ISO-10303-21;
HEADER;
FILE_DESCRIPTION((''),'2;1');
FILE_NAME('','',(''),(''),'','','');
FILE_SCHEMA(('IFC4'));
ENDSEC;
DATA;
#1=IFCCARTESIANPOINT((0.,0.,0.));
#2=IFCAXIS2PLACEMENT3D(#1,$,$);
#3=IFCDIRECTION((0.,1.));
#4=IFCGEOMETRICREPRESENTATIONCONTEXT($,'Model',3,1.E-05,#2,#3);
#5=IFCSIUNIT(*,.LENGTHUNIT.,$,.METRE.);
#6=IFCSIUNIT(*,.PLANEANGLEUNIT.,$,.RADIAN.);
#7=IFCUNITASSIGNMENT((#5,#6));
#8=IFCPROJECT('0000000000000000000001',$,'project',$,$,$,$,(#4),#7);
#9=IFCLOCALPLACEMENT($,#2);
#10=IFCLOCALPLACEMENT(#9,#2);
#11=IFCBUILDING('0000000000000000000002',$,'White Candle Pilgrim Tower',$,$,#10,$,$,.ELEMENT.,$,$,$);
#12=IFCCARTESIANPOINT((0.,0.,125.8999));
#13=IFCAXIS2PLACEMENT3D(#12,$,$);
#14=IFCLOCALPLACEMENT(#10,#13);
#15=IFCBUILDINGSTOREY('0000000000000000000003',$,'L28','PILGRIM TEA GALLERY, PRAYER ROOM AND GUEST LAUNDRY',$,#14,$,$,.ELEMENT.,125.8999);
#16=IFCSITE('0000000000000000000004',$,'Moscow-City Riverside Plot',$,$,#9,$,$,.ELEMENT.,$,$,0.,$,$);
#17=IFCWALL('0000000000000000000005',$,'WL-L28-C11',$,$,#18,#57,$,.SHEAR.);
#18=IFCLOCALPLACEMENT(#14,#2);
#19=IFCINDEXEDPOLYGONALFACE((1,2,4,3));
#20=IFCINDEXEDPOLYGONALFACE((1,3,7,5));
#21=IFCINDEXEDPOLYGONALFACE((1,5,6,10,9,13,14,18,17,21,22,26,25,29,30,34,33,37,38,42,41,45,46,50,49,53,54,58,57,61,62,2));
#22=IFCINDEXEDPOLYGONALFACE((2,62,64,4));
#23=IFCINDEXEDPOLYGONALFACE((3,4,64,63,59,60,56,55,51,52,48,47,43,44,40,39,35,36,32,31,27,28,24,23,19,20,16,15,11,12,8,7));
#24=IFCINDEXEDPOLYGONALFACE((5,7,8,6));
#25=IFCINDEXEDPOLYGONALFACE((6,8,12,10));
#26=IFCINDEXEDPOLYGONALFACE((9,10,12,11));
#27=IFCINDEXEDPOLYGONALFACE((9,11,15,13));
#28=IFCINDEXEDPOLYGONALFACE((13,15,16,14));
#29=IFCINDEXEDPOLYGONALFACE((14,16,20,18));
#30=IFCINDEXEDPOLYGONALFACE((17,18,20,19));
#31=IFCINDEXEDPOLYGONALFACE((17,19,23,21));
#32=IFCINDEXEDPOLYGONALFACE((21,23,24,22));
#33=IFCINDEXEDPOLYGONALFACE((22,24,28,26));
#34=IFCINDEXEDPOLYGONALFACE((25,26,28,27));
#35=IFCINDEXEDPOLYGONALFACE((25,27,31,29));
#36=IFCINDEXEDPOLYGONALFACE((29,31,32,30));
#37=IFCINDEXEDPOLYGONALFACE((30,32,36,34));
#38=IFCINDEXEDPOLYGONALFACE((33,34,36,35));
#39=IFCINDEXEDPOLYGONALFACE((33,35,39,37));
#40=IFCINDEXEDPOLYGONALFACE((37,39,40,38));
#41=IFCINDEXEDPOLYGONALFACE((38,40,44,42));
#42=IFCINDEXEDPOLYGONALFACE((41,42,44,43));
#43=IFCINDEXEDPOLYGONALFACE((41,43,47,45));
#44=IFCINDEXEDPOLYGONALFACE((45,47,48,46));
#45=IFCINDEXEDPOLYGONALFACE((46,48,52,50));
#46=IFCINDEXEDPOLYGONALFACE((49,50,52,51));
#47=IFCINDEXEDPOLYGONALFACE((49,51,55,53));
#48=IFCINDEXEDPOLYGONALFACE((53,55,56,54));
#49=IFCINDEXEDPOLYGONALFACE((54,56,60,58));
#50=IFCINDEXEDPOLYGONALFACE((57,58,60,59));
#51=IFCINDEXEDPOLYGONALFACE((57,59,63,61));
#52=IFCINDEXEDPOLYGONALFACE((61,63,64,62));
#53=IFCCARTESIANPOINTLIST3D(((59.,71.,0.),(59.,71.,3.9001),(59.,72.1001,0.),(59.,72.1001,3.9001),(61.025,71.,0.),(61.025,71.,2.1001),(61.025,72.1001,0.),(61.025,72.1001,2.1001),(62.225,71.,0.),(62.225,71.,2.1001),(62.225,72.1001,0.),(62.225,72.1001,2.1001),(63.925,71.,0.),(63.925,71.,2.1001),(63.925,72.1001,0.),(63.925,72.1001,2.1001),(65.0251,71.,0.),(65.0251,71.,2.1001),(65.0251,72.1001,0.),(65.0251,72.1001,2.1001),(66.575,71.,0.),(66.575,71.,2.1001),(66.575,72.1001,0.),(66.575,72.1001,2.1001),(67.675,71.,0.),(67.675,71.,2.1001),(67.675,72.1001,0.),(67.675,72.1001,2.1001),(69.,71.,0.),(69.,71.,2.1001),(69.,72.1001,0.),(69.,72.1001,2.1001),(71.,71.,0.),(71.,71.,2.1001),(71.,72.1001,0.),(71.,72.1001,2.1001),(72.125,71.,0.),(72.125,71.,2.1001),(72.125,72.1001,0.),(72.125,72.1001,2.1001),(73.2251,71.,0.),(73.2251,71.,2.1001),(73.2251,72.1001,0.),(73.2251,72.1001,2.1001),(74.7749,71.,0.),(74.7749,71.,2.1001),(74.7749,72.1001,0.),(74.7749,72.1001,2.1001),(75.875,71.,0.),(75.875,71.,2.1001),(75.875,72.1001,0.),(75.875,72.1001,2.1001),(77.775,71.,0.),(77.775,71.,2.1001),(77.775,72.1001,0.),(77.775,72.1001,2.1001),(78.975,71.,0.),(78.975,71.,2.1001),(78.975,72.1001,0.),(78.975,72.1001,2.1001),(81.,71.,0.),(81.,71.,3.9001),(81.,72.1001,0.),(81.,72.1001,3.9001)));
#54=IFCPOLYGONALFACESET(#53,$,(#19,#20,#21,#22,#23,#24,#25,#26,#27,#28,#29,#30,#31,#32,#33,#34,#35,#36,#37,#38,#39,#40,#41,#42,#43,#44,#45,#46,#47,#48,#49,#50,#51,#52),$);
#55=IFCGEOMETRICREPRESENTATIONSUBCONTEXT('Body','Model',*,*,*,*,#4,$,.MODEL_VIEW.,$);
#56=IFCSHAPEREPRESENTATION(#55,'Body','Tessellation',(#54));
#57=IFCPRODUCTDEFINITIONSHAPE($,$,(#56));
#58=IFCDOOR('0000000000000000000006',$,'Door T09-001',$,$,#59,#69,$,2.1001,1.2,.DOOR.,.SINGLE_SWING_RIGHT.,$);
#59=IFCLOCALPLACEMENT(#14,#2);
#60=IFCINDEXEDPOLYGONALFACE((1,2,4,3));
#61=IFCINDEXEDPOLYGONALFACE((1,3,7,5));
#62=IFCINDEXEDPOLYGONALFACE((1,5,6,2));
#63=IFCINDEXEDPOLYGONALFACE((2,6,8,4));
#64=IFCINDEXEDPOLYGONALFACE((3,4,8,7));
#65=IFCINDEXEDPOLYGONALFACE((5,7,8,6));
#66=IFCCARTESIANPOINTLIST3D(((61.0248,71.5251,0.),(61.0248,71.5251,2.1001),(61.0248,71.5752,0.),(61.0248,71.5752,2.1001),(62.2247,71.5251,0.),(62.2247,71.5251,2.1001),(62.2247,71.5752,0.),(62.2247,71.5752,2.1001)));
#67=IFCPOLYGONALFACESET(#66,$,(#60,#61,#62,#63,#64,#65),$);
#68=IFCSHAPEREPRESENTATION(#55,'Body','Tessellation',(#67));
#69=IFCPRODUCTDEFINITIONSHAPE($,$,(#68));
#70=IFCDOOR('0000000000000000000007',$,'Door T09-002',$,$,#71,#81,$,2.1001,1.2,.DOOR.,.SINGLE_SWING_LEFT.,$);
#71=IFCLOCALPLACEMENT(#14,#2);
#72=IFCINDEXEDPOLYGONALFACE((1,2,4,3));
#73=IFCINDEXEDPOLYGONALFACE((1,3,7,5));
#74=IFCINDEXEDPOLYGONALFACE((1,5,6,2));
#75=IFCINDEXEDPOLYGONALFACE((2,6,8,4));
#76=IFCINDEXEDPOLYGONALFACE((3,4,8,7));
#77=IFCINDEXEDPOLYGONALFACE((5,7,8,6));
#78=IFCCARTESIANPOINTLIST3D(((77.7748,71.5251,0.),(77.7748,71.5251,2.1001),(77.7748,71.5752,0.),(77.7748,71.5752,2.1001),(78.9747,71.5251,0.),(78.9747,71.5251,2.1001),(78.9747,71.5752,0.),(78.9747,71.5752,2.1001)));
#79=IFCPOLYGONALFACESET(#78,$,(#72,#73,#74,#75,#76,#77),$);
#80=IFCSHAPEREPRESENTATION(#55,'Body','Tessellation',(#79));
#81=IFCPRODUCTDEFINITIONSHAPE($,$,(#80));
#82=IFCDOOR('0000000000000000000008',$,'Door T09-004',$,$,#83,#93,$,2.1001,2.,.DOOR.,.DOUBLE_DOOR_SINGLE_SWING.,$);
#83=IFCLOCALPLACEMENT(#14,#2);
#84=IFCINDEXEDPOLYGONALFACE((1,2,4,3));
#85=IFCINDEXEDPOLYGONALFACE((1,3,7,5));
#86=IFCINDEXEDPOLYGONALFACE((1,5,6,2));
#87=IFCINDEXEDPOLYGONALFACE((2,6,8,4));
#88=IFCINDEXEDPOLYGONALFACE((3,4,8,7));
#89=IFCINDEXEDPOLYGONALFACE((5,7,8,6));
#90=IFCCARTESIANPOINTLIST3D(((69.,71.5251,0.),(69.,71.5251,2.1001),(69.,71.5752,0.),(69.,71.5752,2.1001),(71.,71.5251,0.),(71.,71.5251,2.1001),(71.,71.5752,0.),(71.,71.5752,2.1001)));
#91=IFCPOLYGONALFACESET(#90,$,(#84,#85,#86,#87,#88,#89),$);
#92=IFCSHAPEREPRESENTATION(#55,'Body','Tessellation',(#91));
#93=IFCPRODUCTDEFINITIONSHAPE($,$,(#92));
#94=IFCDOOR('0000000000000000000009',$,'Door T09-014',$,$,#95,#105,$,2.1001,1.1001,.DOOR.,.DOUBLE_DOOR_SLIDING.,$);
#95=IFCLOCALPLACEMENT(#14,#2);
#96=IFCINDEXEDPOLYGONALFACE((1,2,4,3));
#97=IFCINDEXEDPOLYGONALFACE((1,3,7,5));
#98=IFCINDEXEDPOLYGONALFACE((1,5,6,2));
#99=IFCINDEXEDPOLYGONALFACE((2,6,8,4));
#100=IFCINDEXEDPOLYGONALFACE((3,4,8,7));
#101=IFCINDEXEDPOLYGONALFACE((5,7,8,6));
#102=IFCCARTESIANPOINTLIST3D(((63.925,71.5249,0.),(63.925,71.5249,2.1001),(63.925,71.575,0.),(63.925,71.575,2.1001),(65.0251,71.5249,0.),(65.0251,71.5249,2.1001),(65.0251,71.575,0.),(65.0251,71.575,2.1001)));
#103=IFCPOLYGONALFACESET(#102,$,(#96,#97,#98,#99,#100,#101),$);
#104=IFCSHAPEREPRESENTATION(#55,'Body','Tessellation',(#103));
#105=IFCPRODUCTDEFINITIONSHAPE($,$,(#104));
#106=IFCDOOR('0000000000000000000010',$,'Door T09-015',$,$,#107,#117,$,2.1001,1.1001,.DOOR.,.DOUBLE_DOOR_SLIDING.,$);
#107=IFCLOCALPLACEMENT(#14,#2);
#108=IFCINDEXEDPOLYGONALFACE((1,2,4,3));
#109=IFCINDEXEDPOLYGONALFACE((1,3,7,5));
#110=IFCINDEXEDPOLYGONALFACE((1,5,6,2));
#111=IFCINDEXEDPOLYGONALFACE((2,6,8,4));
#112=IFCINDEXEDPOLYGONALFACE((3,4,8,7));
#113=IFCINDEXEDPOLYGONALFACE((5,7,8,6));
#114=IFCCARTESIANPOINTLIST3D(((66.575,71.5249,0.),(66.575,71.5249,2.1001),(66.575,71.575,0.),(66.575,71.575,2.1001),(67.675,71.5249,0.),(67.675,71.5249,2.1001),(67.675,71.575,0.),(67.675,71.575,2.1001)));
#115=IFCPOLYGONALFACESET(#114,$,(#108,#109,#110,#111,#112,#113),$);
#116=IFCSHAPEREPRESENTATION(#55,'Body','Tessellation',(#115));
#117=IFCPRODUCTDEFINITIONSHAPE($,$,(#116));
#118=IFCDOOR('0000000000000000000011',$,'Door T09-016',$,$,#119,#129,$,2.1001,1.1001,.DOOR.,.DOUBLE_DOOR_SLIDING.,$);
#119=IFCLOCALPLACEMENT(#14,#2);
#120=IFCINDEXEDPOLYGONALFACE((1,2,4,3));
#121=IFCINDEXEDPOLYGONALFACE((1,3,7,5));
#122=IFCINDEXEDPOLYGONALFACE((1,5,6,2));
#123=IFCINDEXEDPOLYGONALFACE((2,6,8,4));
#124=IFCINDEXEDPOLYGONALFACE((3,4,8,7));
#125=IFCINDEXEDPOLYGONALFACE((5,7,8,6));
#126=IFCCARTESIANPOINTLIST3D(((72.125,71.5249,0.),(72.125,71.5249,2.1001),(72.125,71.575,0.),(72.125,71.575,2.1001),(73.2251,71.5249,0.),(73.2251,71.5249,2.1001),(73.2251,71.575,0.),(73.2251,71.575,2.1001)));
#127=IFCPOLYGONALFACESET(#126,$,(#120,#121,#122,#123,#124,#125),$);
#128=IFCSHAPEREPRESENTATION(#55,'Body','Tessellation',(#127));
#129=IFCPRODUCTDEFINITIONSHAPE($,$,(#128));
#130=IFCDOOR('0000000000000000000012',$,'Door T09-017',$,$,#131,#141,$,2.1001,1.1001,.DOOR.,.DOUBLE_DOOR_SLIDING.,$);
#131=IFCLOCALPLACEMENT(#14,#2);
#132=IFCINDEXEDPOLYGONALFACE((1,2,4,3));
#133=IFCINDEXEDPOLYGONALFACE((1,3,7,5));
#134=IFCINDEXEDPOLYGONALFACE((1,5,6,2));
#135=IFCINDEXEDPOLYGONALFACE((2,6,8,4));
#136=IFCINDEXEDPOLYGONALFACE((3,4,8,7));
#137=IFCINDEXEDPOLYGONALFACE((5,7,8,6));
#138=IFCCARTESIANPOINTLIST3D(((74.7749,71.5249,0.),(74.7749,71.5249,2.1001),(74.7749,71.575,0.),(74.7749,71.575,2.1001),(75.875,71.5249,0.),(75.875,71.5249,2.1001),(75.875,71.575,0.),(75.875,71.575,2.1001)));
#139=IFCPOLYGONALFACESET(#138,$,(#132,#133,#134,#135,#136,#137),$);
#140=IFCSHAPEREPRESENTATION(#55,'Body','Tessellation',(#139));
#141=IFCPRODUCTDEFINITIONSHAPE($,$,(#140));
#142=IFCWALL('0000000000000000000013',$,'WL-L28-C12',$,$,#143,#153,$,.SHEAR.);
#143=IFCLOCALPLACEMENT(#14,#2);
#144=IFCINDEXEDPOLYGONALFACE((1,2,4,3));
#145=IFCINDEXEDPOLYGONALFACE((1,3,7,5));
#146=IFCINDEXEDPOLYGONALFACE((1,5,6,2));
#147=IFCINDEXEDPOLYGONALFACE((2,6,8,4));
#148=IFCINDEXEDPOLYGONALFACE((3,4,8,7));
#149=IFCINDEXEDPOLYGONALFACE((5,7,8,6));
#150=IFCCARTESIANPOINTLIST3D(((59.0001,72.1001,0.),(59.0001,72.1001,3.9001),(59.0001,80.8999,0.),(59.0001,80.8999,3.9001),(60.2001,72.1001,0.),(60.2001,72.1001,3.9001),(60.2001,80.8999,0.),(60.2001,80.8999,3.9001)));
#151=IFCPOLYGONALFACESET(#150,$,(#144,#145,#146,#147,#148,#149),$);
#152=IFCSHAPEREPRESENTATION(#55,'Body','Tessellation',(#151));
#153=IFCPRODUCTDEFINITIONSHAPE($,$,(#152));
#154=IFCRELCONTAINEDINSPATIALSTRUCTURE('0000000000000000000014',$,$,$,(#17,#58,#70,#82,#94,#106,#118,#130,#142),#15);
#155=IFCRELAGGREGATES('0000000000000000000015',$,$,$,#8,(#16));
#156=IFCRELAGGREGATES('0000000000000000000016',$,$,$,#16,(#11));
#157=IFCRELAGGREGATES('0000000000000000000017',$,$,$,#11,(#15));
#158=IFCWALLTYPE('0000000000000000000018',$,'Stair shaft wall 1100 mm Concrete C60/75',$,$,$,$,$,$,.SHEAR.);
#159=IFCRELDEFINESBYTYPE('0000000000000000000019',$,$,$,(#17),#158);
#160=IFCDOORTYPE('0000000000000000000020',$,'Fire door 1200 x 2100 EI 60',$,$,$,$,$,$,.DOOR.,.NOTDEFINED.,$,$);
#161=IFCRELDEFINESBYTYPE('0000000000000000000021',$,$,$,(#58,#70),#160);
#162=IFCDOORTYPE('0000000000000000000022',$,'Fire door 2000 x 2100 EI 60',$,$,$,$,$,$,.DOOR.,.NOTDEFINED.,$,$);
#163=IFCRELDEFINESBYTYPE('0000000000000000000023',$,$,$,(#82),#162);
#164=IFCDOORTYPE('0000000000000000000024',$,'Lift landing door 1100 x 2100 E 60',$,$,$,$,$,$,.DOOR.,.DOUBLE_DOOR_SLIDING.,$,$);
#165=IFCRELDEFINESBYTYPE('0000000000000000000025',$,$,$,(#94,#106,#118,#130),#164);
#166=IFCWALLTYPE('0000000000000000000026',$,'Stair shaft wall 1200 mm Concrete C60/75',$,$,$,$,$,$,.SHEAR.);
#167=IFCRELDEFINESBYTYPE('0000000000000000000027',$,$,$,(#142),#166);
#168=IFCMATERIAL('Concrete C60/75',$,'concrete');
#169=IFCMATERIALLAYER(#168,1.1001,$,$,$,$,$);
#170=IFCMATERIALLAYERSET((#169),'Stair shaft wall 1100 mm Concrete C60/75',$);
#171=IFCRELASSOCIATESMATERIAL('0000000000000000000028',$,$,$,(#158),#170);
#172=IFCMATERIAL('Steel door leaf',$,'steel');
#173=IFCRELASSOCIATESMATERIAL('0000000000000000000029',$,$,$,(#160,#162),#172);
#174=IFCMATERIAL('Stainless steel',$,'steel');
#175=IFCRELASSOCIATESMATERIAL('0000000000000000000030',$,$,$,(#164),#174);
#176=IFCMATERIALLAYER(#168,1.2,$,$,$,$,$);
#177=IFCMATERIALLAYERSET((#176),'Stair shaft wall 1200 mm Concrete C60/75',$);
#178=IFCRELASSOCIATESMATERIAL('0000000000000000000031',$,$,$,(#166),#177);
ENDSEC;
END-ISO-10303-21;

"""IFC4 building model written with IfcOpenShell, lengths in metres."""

from ifc_helpers import new_model, si_unit, direction, frame, frame_2d, origin, place, context, subcontext, project, spatial, rectangle, extrude, material, layer, layer_set, type_object, element, fill, save


model = new_model("IFC4")

# Units and contexts
model_context = context("Model", 3, precision=1e-05, world=origin(), true_north=direction((0.0, 1.0)))
body_context = subcontext(model_context, "Body", "Model", "MODEL_VIEW")
ifc_project = project(units=[si_unit("LENGTHUNIT", "METRE"), si_unit("PLANEANGLEUNIT", "RADIAN")], contexts=[model_context])

# Site, building, storey
site_placement = place(None, origin())
site = spatial("IfcSite", under=ifc_project, at=site_placement, Name="Moscow-City Riverside Plot", CompositionType="ELEMENT", RefElevation=0.0)
building_placement = place(site_placement, origin())
building = spatial("IfcBuilding", under=site, at=building_placement, Name="White Candle Pilgrim Tower", CompositionType="ELEMENT")
storey_placement = place(building_placement, frame((0.0, 0.0, 125.8999)))
storey = spatial("IfcBuildingStorey", under=building, at=storey_placement, Name="L28", Description="PILGRIM TEA GALLERY, PRAYER ROOM AND GUEST LAUNDRY", CompositionType="ELEMENT", Elevation=125.8999)

# Shared definitions
ifc_material_1 = material(Name="Steel door leaf", Category="steel")

# Shared definitions
ifc_material_2 = material(Name="Concrete C60/75", Category="concrete")

# Wall, openings, doors
ifc_layer_1 = layer(ifc_material_2, 1.1001)
ifc_layer_set_1 = layer_set([ifc_layer_1], Name="Stair shaft wall 1100 mm Concrete C60/75")
wall_type_1 = type_object("IfcWallType", Name="Stair shaft wall 1100 mm Concrete C60/75", PredefinedType="SHEAR", material=ifc_layer_set_1)
wall_1_placement = place(storey_placement, frame((59.0, 71.55, 0.0), z_axis=(0.0, 0.0, 1.0), x_axis=(1.0, 0.0, 0.0)))
wall_1 = element("IfcWall", 1, at=wall_1_placement, inside=storey, type_object=wall_type_1, Name="WL-L28-C11", PredefinedType="SHEAR", context=body_context, shape_type="SweptSolid", body=[
    extrude(rectangle(XDim=22.0, YDim=1.1001, at=frame_2d((11.0, 0.0))), origin(), (0.0, 0.0, 1.0), 3.9001),
])
opening_1_placement = place(wall_1_placement, frame((2.0249, 0.0, 0.0)))
opening_1 = element("IfcOpeningElement", 2, at=opening_1_placement, cuts=wall_1, PredefinedType="OPENING", context=body_context, shape_type="SweptSolid", body=[
    extrude(rectangle(XDim=1.2, YDim=2.1001, at=frame_2d((0.6001, 1.05))), frame((0.0, 0.5601, 0.0), z_axis=(0.0, -1.0, 0.0), x_axis=(1.0, 0.0, 0.0)), (0.0, 0.0, 1.0), 1.1201),
])
opening_2_placement = place(wall_1_placement, frame((18.7749, 0.0, 0.0)))
opening_2 = element("IfcOpeningElement", 3, at=opening_2_placement, cuts=wall_1, PredefinedType="OPENING", context=body_context, shape_type="SweptSolid", body=[
    extrude(rectangle(XDim=1.2, YDim=2.1001, at=frame_2d((0.6001, 1.05))), frame((0.0, 0.5601, 0.0), z_axis=(0.0, -1.0, 0.0), x_axis=(1.0, 0.0, 0.0)), (0.0, 0.0, 1.0), 1.1201),
])
opening_3_placement = place(wall_1_placement, frame((10.0, 0.0, 0.0)))
opening_3 = element("IfcOpeningElement", 4, at=opening_3_placement, cuts=wall_1, PredefinedType="OPENING", context=body_context, shape_type="SweptSolid", body=[
    extrude(rectangle(XDim=2.0, YDim=2.1001, at=frame_2d((1.0, 1.05))), frame((0.0, 0.5601, 0.0), z_axis=(0.0, -1.0, 0.0), x_axis=(1.0, 0.0, 0.0)), (0.0, 0.0, 1.0), 1.1201),
])
opening_4_placement = place(wall_1_placement, frame((4.925, 0.0, 0.0)))
opening_4 = element("IfcOpeningElement", 5, at=opening_4_placement, cuts=wall_1, PredefinedType="OPENING", context=body_context, shape_type="SweptSolid", body=[
    extrude(rectangle(XDim=1.1001, YDim=2.1001, at=frame_2d((0.55, 1.05))), frame((0.0, 0.5601, 0.0), z_axis=(0.0, -1.0, 0.0), x_axis=(1.0, 0.0, 0.0)), (0.0, 0.0, 1.0), 1.1201),
])
opening_5_placement = place(wall_1_placement, frame((7.575, 0.0, 0.0)))
opening_5 = element("IfcOpeningElement", 6, at=opening_5_placement, cuts=wall_1, PredefinedType="OPENING", context=body_context, shape_type="SweptSolid", body=[
    extrude(rectangle(XDim=1.1001, YDim=2.1001, at=frame_2d((0.55, 1.05))), frame((0.0, 0.5601, 0.0), z_axis=(0.0, -1.0, 0.0), x_axis=(1.0, 0.0, 0.0)), (0.0, 0.0, 1.0), 1.1201),
])
opening_6_placement = place(wall_1_placement, frame((13.125, 0.0, 0.0)))
opening_6 = element("IfcOpeningElement", 7, at=opening_6_placement, cuts=wall_1, PredefinedType="OPENING", context=body_context, shape_type="SweptSolid", body=[
    extrude(rectangle(XDim=1.1001, YDim=2.1001, at=frame_2d((0.55, 1.05))), frame((0.0, 0.5601, 0.0), z_axis=(0.0, -1.0, 0.0), x_axis=(1.0, 0.0, 0.0)), (0.0, 0.0, 1.0), 1.1201),
])
opening_7_placement = place(wall_1_placement, frame((15.7749, 0.0, 0.0)))
opening_7 = element("IfcOpeningElement", 8, at=opening_7_placement, cuts=wall_1, PredefinedType="OPENING", context=body_context, shape_type="SweptSolid", body=[
    extrude(rectangle(XDim=1.1001, YDim=2.1001, at=frame_2d((0.55, 1.05))), frame((0.0, 0.5601, 0.0), z_axis=(0.0, -1.0, 0.0), x_axis=(1.0, 0.0, 0.0)), (0.0, 0.0, 1.0), 1.1201),
])
door_type_1 = type_object("IfcDoorType", Name="Fire door 1200 x 2100 EI 60", OperationType="NOTDEFINED", PredefinedType="DOOR", material=ifc_material_1)
door_1_placement = place(opening_1_placement, frame((1.2, 0.0, 0.0), z_axis=(0.0, 0.0, 1.0), x_axis=(-1.0, 0.0, 0.0)))
door_1 = element("IfcDoor", 9, at=door_1_placement, inside=storey, type_object=door_type_1, Name="Door T09-001", OperationType="SINGLE_SWING_RIGHT", OverallHeight=2.1001, OverallWidth=1.2, PredefinedType="DOOR", context=body_context, shape_type="SweptSolid", body=[
    extrude(rectangle(XDim=1.2, YDim=2.1001, at=frame_2d((0.6001, 1.05))), frame((0.0, 0.0249, 0.0), z_axis=(0.0, -1.0, 0.0), x_axis=(1.0, 0.0, 0.0)), (0.0, 0.0, 1.0), 0.05),
])
fill(opening_1, door_1)
door_2_placement = place(opening_2_placement, frame((1.2, 0.0, 0.0), z_axis=(0.0, 0.0, 1.0), x_axis=(-1.0, 0.0, 0.0)))
door_2 = element("IfcDoor", 10, at=door_2_placement, inside=storey, type_object=door_type_1, Name="Door T09-002", OperationType="SINGLE_SWING_LEFT", OverallHeight=2.1001, OverallWidth=1.2, PredefinedType="DOOR", context=body_context, shape_type="SweptSolid", body=[
    extrude(rectangle(XDim=1.2, YDim=2.1001, at=frame_2d((0.6001, 1.05))), frame((0.0, 0.0249, 0.0), z_axis=(0.0, -1.0, 0.0), x_axis=(1.0, 0.0, 0.0)), (0.0, 0.0, 1.0), 0.05),
])
fill(opening_2, door_2)
door_type_2 = type_object("IfcDoorType", Name="Fire door 2000 x 2100 EI 60", OperationType="NOTDEFINED", PredefinedType="DOOR", material=ifc_material_1)
door_3_placement = place(opening_3_placement, frame((2.0, 0.0, 0.0), z_axis=(0.0, 0.0, 1.0), x_axis=(-1.0, 0.0, 0.0)))
door_3 = element("IfcDoor", 11, at=door_3_placement, inside=storey, type_object=door_type_2, Name="Door T09-004", OperationType="DOUBLE_DOOR_SINGLE_SWING", OverallHeight=2.1001, OverallWidth=2.0, PredefinedType="DOOR", context=body_context, shape_type="SweptSolid", body=[
    extrude(rectangle(XDim=2.0, YDim=2.1001, at=frame_2d((1.0, 1.05))), frame((0.0, 0.0249, 0.0), z_axis=(0.0, -1.0, 0.0), x_axis=(1.0, 0.0, 0.0)), (0.0, 0.0, 1.0), 0.05),
])
fill(opening_3, door_3)
ifc_material_3 = material(Name="Stainless steel", Category="steel")
door_type_3 = type_object("IfcDoorType", Name="Lift landing door 1100 x 2100 E 60", OperationType="DOUBLE_DOOR_SLIDING", PredefinedType="DOOR", material=ifc_material_3)
door_4_placement = place(opening_4_placement, origin())
door_4 = element("IfcDoor", 12, at=door_4_placement, inside=storey, type_object=door_type_3, Name="Door T09-014", OperationType="DOUBLE_DOOR_SLIDING", OverallHeight=2.1001, OverallWidth=1.1001, PredefinedType="DOOR", context=body_context, shape_type="SweptSolid", body=[
    extrude(rectangle(XDim=1.1001, YDim=2.1001, at=frame_2d((0.55, 1.05))), frame((0.0, 0.0249, 0.0), z_axis=(0.0, -1.0, 0.0), x_axis=(1.0, 0.0, 0.0)), (0.0, 0.0, 1.0), 0.05),
])
fill(opening_4, door_4)
door_5_placement = place(opening_5_placement, origin())
door_5 = element("IfcDoor", 13, at=door_5_placement, inside=storey, type_object=door_type_3, Name="Door T09-015", OperationType="DOUBLE_DOOR_SLIDING", OverallHeight=2.1001, OverallWidth=1.1001, PredefinedType="DOOR", context=body_context, shape_type="SweptSolid", body=[
    extrude(rectangle(XDim=1.1001, YDim=2.1001, at=frame_2d((0.55, 1.05))), frame((0.0, 0.0249, 0.0), z_axis=(0.0, -1.0, 0.0), x_axis=(1.0, 0.0, 0.0)), (0.0, 0.0, 1.0), 0.05),
])
fill(opening_5, door_5)
door_6_placement = place(opening_6_placement, origin())
door_6 = element("IfcDoor", 14, at=door_6_placement, inside=storey, type_object=door_type_3, Name="Door T09-016", OperationType="DOUBLE_DOOR_SLIDING", OverallHeight=2.1001, OverallWidth=1.1001, PredefinedType="DOOR", context=body_context, shape_type="SweptSolid", body=[
    extrude(rectangle(XDim=1.1001, YDim=2.1001, at=frame_2d((0.55, 1.05))), frame((0.0, 0.0249, 0.0), z_axis=(0.0, -1.0, 0.0), x_axis=(1.0, 0.0, 0.0)), (0.0, 0.0, 1.0), 0.05),
])
fill(opening_6, door_6)
door_7_placement = place(opening_7_placement, origin())
door_7 = element("IfcDoor", 15, at=door_7_placement, inside=storey, type_object=door_type_3, Name="Door T09-017", OperationType="DOUBLE_DOOR_SLIDING", OverallHeight=2.1001, OverallWidth=1.1001, PredefinedType="DOOR", context=body_context, shape_type="SweptSolid", body=[
    extrude(rectangle(XDim=1.1001, YDim=2.1001, at=frame_2d((0.55, 1.05))), frame((0.0, 0.0249, 0.0), z_axis=(0.0, -1.0, 0.0), x_axis=(1.0, 0.0, 0.0)), (0.0, 0.0, 1.0), 0.05),
])
fill(opening_7, door_7)

# Wall
ifc_layer_2 = layer(ifc_material_2, 1.2)
ifc_layer_set_2 = layer_set([ifc_layer_2], Name="Stair shaft wall 1200 mm Concrete C60/75")
wall_type_2 = type_object("IfcWallType", Name="Stair shaft wall 1200 mm Concrete C60/75", PredefinedType="SHEAR", material=ifc_layer_set_2)
wall_2_placement = place(storey_placement, frame((59.6001, 72.1001, 0.0), z_axis=(0.0, 0.0, 1.0), x_axis=(0.0, 1.0, 0.0)))
element("IfcWall", 16, at=wall_2_placement, inside=storey, type_object=wall_type_2, Name="WL-L28-C12", PredefinedType="SHEAR", context=body_context, shape_type="SweptSolid", body=[
    extrude(rectangle(XDim=8.7998, YDim=1.2, at=frame_2d((4.3999, 0.0))), origin(), (0.0, 0.0, 1.0), 3.9001),
])

save(model, "model.ifc")
